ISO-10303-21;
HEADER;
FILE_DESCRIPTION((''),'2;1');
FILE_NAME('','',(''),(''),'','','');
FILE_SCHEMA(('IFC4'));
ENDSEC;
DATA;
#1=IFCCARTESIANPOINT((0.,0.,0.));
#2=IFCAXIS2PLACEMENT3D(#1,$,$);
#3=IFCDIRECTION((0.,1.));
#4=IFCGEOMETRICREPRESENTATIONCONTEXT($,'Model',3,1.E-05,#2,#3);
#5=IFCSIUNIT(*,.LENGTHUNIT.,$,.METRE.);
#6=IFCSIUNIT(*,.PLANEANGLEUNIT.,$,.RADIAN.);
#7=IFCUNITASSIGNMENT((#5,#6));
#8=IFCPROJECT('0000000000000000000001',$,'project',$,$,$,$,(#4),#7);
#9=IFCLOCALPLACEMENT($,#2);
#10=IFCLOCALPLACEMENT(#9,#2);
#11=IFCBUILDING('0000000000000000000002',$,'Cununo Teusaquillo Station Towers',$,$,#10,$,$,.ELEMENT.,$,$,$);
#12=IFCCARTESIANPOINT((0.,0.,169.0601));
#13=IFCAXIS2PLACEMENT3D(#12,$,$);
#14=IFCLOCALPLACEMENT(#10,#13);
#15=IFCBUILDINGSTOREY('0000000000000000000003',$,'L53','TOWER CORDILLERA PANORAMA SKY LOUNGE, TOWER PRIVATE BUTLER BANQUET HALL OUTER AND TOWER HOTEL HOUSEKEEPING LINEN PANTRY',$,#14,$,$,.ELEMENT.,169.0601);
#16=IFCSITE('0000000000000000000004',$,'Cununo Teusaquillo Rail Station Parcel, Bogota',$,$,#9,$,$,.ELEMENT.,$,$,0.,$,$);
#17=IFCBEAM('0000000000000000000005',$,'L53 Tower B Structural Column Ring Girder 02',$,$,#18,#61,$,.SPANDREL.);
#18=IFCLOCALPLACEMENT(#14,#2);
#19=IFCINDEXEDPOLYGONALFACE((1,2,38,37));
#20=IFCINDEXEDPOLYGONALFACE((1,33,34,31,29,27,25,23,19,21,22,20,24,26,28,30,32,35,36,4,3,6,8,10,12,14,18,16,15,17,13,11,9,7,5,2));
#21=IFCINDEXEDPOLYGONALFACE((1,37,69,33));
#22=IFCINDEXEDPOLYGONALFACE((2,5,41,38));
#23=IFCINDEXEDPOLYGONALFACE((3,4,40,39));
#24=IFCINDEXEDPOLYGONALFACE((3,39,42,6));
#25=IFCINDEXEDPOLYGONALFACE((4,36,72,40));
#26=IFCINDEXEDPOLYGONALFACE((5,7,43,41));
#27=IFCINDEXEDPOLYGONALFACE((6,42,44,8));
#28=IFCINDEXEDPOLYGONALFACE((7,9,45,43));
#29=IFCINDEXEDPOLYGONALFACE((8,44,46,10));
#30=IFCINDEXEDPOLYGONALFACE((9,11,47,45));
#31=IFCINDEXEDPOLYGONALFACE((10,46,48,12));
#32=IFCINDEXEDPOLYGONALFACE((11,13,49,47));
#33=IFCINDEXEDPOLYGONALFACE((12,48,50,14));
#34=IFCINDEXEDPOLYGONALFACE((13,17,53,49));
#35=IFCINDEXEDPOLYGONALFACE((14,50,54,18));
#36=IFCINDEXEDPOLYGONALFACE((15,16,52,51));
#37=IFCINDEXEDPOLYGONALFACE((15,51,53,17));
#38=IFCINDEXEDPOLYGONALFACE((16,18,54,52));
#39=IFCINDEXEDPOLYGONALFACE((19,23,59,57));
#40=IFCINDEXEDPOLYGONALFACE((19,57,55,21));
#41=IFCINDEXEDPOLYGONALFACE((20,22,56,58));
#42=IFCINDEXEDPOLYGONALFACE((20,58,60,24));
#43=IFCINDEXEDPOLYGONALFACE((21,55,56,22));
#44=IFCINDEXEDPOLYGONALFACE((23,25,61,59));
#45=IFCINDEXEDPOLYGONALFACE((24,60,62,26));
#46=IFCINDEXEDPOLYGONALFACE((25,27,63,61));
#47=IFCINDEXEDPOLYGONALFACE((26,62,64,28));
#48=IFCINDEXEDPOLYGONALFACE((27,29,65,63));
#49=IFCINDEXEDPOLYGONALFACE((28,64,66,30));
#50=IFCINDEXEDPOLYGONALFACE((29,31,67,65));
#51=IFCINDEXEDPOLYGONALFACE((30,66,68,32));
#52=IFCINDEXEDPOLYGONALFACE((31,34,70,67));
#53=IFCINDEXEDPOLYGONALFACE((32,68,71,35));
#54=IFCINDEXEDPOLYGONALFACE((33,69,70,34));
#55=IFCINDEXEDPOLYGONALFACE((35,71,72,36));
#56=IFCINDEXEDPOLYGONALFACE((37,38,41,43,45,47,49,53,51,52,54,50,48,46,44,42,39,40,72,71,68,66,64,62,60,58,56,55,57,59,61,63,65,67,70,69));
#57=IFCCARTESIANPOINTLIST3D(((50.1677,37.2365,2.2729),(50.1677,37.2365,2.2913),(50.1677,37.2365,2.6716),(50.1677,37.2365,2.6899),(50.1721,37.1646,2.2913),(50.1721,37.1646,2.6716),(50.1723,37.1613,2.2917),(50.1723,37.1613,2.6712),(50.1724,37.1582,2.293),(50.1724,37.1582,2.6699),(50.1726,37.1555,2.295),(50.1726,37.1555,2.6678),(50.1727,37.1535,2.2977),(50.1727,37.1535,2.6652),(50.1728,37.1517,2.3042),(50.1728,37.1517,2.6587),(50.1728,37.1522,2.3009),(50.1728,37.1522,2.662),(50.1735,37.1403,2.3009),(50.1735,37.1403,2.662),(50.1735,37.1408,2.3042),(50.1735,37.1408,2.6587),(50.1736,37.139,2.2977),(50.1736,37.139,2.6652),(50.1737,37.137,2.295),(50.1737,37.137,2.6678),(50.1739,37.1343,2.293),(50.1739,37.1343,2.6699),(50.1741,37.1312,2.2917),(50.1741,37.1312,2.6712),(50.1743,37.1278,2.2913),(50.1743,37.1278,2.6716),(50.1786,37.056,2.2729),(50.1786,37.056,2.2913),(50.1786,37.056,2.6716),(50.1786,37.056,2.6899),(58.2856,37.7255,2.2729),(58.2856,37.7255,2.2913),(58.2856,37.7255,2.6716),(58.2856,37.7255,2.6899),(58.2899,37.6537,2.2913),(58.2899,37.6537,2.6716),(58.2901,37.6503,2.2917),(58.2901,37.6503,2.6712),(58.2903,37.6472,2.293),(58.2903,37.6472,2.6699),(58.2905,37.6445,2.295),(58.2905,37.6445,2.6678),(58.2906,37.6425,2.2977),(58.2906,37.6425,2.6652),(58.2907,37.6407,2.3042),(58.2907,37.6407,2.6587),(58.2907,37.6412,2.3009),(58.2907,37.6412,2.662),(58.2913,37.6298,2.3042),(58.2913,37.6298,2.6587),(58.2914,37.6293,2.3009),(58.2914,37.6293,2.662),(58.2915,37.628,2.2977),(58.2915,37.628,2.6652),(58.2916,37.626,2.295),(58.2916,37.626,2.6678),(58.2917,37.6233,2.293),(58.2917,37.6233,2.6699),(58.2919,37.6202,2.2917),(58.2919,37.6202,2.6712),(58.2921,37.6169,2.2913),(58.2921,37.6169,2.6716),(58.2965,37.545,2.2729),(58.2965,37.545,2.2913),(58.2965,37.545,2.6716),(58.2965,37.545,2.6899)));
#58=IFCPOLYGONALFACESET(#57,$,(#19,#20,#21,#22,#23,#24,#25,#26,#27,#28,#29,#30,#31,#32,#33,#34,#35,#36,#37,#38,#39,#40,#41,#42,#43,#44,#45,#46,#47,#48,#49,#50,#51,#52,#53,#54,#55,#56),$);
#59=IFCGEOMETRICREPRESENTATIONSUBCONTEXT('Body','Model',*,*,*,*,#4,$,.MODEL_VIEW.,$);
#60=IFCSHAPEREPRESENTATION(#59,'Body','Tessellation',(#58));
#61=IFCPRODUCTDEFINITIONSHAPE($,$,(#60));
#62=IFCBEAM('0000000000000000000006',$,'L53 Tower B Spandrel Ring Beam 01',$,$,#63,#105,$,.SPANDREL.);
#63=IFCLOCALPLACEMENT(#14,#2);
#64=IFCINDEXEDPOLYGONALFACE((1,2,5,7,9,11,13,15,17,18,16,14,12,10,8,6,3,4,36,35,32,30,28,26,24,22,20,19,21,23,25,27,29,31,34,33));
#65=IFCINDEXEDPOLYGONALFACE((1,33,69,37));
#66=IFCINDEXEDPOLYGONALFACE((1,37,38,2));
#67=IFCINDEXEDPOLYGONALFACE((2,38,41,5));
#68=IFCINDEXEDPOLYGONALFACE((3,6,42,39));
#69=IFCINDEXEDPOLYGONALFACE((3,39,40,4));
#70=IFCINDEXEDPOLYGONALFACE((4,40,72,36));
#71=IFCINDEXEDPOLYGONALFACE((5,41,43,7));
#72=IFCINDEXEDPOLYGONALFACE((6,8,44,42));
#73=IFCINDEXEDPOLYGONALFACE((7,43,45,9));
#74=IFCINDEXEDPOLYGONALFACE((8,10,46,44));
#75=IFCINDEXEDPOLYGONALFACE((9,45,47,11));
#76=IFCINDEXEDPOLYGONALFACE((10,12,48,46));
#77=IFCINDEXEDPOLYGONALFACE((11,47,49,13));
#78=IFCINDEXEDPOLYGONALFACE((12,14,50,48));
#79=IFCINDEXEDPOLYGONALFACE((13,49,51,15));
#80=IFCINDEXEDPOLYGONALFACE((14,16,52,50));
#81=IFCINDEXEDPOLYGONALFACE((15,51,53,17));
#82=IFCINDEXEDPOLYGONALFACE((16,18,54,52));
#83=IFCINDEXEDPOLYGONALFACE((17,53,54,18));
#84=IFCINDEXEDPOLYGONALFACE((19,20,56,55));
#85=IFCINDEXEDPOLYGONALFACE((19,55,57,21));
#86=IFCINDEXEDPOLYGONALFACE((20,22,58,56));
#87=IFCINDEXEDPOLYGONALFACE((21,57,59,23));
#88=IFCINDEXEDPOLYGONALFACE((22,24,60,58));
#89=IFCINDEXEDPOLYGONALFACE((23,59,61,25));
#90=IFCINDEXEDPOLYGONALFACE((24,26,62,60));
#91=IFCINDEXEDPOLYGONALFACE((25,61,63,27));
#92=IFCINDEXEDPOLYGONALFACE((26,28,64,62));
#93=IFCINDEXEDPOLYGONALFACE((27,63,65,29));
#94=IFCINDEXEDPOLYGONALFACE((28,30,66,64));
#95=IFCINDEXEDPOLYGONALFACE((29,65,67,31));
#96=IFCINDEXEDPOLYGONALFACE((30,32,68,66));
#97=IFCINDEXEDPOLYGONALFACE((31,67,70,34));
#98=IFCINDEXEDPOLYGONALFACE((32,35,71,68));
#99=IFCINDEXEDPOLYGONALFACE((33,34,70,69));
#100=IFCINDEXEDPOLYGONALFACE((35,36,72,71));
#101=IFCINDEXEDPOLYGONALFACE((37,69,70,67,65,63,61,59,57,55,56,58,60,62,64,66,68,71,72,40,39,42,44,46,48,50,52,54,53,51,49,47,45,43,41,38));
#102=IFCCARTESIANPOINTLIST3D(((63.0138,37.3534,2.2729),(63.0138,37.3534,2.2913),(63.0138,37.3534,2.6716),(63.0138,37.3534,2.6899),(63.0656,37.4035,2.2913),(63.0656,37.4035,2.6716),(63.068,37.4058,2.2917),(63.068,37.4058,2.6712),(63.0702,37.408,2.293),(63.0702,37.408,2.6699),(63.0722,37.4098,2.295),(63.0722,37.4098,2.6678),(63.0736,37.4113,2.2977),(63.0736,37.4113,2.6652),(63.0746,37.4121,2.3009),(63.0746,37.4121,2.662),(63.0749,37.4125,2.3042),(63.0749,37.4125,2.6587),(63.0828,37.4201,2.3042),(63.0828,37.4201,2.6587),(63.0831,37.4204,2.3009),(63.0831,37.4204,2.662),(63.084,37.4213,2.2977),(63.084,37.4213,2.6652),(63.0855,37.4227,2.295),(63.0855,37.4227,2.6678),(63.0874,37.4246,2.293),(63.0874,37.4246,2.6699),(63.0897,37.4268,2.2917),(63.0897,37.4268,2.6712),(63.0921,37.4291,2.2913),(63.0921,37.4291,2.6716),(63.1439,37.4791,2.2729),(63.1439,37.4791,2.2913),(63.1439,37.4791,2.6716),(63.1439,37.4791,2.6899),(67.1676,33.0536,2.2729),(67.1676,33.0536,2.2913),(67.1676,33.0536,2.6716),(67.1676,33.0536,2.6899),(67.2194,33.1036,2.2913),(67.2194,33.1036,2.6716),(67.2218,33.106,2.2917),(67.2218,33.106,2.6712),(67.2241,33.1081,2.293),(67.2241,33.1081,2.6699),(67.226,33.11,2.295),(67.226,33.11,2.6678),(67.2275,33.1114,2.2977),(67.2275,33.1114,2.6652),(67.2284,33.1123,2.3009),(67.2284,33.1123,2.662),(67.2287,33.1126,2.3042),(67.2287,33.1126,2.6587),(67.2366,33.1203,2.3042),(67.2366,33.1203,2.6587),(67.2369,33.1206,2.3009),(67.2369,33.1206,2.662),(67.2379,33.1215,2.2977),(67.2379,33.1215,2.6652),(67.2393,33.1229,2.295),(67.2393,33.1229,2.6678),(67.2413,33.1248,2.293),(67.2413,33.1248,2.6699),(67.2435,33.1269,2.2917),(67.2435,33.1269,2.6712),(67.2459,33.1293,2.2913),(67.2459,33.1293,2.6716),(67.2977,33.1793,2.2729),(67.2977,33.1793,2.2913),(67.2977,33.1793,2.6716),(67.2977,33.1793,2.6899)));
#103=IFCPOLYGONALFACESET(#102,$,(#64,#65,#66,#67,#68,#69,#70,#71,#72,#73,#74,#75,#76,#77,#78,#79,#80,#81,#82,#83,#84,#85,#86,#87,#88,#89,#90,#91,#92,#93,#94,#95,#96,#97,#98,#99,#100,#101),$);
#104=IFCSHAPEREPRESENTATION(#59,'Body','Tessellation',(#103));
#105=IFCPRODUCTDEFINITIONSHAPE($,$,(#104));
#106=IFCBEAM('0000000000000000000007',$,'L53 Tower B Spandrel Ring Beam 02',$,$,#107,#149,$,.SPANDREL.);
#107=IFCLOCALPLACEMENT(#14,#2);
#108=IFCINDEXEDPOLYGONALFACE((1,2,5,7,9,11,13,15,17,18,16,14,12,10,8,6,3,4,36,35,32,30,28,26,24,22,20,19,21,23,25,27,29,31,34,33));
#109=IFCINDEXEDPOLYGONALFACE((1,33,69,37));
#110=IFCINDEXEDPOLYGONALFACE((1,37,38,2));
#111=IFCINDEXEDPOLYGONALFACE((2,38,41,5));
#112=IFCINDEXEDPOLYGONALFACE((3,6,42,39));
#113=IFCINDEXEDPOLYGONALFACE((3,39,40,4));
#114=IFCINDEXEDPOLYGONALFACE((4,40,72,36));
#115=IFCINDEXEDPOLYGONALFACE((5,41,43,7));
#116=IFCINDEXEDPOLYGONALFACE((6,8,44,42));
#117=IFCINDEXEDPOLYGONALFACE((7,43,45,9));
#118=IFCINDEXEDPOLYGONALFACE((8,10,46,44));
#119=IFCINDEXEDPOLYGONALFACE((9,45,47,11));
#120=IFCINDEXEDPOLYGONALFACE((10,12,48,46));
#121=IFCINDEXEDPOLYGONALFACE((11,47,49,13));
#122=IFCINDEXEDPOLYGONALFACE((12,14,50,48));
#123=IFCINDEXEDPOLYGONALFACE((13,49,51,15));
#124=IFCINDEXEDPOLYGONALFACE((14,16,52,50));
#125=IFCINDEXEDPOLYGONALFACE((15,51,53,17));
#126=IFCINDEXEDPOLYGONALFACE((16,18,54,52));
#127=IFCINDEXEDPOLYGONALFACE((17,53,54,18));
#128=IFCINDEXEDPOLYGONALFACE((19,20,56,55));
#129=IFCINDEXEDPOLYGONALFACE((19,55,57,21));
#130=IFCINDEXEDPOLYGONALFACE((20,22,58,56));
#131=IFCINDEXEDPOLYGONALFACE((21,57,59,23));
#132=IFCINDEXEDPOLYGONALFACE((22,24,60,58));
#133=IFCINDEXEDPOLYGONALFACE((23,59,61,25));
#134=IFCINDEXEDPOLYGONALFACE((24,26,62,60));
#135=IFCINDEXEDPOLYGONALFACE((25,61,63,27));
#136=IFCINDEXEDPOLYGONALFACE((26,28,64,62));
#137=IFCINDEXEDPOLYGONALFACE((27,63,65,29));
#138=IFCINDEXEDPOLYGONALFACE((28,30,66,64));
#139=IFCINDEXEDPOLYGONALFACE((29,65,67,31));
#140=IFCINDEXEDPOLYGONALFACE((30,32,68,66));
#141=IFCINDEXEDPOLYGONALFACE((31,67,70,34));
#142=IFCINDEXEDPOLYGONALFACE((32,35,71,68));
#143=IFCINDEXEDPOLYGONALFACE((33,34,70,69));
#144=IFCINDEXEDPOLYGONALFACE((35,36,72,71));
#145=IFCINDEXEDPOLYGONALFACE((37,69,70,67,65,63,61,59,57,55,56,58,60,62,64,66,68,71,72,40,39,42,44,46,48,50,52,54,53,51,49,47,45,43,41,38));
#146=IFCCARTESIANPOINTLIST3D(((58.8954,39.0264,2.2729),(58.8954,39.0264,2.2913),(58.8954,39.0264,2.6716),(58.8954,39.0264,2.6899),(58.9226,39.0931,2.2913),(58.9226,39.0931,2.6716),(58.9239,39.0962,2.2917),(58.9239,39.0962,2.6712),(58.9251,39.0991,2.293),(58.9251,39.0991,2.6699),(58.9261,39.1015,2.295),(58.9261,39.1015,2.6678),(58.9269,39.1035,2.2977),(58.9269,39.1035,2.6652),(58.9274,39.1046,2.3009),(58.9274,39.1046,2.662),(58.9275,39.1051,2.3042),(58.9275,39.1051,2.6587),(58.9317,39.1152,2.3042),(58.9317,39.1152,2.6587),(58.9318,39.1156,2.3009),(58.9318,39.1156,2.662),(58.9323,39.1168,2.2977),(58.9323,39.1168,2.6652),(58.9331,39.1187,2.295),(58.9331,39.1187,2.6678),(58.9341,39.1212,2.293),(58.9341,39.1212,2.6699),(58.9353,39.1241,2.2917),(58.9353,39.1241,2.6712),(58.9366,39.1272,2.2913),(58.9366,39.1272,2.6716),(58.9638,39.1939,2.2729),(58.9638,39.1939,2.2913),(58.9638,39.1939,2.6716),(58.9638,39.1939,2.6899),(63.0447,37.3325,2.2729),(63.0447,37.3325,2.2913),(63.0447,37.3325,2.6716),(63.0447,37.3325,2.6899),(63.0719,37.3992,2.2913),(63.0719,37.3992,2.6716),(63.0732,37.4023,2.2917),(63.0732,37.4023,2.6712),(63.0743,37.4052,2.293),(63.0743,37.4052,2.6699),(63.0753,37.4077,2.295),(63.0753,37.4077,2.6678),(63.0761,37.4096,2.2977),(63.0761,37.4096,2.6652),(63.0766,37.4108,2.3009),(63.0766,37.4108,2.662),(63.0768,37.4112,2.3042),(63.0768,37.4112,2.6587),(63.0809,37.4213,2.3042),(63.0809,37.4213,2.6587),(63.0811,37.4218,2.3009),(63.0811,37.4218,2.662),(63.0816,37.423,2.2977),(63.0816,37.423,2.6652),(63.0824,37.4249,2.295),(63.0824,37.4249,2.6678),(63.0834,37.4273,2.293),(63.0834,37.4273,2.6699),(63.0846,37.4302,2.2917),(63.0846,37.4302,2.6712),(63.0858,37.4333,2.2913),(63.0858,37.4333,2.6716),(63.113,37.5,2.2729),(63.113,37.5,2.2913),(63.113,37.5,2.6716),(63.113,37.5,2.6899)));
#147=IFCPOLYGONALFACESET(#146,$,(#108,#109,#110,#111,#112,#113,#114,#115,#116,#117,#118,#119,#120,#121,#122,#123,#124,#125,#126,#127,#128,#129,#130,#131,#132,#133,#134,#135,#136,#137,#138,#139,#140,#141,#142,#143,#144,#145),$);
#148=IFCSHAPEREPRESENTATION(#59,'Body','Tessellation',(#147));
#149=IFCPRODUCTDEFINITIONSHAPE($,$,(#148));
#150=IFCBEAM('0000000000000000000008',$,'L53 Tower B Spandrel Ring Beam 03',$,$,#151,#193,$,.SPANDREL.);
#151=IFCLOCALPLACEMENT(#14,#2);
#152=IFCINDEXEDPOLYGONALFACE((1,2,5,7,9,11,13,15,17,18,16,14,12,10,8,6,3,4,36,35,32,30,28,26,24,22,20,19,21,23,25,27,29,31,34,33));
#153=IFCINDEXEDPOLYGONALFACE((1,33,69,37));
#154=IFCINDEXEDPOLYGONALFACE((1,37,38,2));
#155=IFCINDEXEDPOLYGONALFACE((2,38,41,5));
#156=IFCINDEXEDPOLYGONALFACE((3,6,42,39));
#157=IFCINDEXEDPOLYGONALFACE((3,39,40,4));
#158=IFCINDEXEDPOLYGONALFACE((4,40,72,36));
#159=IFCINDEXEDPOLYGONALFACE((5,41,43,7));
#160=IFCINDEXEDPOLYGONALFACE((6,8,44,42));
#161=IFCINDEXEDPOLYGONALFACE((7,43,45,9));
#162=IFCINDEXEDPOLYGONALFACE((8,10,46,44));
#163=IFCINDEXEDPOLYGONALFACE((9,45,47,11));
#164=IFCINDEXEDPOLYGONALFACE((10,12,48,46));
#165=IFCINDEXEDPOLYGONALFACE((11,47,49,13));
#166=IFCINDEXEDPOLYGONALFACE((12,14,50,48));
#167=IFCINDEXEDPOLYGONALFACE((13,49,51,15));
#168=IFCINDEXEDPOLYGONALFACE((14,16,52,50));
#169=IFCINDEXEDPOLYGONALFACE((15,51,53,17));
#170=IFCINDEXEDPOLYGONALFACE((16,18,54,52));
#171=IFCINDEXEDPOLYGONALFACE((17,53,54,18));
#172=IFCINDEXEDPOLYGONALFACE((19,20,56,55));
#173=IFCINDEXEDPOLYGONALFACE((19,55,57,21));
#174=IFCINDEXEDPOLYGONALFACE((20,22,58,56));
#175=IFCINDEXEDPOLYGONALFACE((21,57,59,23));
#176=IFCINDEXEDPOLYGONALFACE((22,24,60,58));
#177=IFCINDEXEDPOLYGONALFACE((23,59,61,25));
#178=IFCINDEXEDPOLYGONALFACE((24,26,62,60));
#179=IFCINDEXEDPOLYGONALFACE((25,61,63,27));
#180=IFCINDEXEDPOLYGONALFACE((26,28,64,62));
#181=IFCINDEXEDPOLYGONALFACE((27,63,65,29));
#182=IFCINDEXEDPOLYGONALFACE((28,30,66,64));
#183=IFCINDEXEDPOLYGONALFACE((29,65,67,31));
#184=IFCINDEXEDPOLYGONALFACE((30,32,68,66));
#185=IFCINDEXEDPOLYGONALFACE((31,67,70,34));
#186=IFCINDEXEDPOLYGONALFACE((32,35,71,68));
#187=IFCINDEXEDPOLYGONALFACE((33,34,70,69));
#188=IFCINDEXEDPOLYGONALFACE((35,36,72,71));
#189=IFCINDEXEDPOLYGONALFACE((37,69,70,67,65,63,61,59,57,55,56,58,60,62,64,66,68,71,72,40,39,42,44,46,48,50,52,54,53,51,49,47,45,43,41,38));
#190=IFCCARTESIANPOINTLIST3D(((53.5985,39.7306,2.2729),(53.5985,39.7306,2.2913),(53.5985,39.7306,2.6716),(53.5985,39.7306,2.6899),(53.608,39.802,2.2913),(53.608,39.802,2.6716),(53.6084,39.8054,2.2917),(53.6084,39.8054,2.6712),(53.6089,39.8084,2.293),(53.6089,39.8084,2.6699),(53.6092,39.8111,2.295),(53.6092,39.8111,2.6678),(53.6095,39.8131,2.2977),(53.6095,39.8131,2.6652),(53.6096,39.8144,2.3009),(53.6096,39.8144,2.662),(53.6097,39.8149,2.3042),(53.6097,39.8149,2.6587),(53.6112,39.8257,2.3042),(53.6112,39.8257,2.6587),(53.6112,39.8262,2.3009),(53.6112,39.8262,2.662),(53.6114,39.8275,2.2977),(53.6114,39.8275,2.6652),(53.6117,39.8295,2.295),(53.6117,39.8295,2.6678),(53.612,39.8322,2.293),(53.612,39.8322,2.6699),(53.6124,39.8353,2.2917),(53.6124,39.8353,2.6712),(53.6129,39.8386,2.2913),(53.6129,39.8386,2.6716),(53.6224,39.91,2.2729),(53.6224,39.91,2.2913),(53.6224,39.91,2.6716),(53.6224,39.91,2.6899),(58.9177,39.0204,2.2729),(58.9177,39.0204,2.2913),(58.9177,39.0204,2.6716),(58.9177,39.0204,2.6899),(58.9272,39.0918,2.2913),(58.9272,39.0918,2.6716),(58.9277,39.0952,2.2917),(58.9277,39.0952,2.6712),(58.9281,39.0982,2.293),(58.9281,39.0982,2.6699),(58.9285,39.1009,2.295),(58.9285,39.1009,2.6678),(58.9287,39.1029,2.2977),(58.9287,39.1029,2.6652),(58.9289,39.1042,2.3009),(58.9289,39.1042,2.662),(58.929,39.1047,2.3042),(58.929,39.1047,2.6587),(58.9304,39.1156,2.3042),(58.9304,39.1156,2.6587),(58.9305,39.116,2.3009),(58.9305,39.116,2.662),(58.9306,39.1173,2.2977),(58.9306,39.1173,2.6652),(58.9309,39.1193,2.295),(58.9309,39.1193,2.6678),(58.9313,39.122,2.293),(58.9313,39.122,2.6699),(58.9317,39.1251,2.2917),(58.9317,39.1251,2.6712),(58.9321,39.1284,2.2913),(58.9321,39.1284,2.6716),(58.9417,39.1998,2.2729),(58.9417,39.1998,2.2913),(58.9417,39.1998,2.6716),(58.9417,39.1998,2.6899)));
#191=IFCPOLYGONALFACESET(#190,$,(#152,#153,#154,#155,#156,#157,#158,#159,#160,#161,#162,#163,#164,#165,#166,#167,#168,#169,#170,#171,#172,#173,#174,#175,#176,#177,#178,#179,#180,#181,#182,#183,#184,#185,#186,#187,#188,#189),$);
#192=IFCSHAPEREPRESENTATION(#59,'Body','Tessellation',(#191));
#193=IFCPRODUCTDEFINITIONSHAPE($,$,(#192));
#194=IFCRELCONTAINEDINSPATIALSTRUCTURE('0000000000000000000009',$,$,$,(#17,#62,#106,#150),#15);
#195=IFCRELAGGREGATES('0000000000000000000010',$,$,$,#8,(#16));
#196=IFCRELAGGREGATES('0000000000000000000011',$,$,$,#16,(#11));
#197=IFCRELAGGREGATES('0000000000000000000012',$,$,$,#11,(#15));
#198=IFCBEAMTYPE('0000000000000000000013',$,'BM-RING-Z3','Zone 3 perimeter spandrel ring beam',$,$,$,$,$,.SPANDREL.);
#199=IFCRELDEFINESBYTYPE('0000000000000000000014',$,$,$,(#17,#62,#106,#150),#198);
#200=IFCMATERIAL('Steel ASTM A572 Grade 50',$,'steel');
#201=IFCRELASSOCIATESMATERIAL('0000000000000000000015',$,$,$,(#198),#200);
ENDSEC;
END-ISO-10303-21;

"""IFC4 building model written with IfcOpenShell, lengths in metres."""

from ifc_helpers import new_model, si_unit, direction, frame, origin, origin_2d, place, context, subcontext, project, spatial, i_section, extrude, material, material_profile, profile_set, type_object, element, save


model = new_model("IFC4")

# Units and contexts
model_context = context("Model", 3, precision=1e-05, world=origin(), true_north=direction((0.0, 1.0)))
body_context = subcontext(model_context, "Body", "Model", "MODEL_VIEW")
ifc_project = project(units=[si_unit("LENGTHUNIT", "METRE"), si_unit("PLANEANGLEUNIT", "RADIAN")], contexts=[model_context])

# Site, building, storey
site_placement = place(None, origin())
site = spatial("IfcSite", under=ifc_project, at=site_placement, Name="Cununo Teusaquillo Rail Station Parcel, Bogota", CompositionType="ELEMENT", RefElevation=0.0)
building_placement = place(site_placement, origin())
building = spatial("IfcBuilding", under=site, at=building_placement, Name="Cununo Teusaquillo Station Towers", CompositionType="ELEMENT")
storey_placement = place(building_placement, frame((0.0, 0.0, 169.0601)))
storey = spatial("IfcBuildingStorey", under=building, at=storey_placement, Name="L53", Description="TOWER CORDILLERA PANORAMA SKY LOUNGE, TOWER PRIVATE BUTLER BANQUET HALL OUTER AND TOWER HOTEL HOUSEKEEPING LINEN PANTRY", CompositionType="ELEMENT", Elevation=169.0601)

# Beams
ifc_material_1 = material(Name="Steel ASTM A572 Grade 50", Category="steel")
ifc_material_profile_1 = material_profile(ifc_material_1, i_section(OverallWidth=0.1809, OverallDepth=0.417, WebThickness=0.011, FlangeThickness=0.0183, FilletRadius=0.0129, at=origin_2d()), Name="W16X57")
ifc_profile_set_1 = profile_set([ifc_material_profile_1], Name="Steel ASTM A572 Grade 50")
beam_type_1 = type_object("IfcBeamType", Name="BM-RING-Z3", Description="Zone 3 perimeter spandrel ring beam", PredefinedType="SPANDREL", material=ifc_profile_set_1)
beam_1_placement = place(storey_placement, frame((58.291, 37.6353, 2.4814), z_axis=(-0.998191, -0.06013, 0.0), x_axis=(0.06013, -0.998191, 0.0)))
element("IfcBeam", 1, at=beam_1_placement, inside=storey, type_object=beam_type_1, Name="L53 Tower B Structural Column Ring Girder 02", PredefinedType="SPANDREL", context=body_context, shape_type="SweptSolid", body=[
    extrude(i_section(OverallWidth=0.1809, OverallDepth=0.417, WebThickness=0.011, FlangeThickness=0.0183, FilletRadius=0.0129, at=origin_2d()), origin(), (0.0, 0.0, 1.0), 8.1326),
])
beam_2_placement = place(storey_placement, frame((67.2327, 33.1165, 2.4814), z_axis=(-0.694791, 0.719211, 0.0), x_axis=(-0.719211, -0.694791, 0.0)))
element("IfcBeam", 2, at=beam_2_placement, inside=storey, type_object=beam_type_1, Name="L53 Tower B Spandrel Ring Beam 01", PredefinedType="SPANDREL", context=body_context, shape_type="SweptSolid", body=[
    extrude(i_section(OverallWidth=0.1809, OverallDepth=0.417, WebThickness=0.011, FlangeThickness=0.0183, FilletRadius=0.0129, at=origin_2d()), origin(), (0.0, 0.0, 1.0), 5.9785),
])
beam_3_placement = place(storey_placement, frame((63.0789, 37.4163, 2.4814), z_axis=(-0.925824, 0.377956, 0.0), x_axis=(-0.377956, -0.925824, 0.0)))
element("IfcBeam", 3, at=beam_3_placement, inside=storey, type_object=beam_type_1, Name="L53 Tower B Spandrel Ring Beam 02", PredefinedType="SPANDREL", context=body_context, shape_type="SweptSolid", body=[
    extrude(i_section(OverallWidth=0.1809, OverallDepth=0.417, WebThickness=0.011, FlangeThickness=0.0183, FilletRadius=0.0129, at=origin_2d()), origin(), (0.0, 0.0, 1.0), 4.4817),
])
beam_4_placement = place(storey_placement, frame((58.9297, 39.1101, 2.4814), z_axis=(-0.991204, 0.13234, 0.0), x_axis=(-0.13234, -0.991204, 0.0)))
element("IfcBeam", 4, at=beam_4_placement, inside=storey, type_object=beam_type_1, Name="L53 Tower B Spandrel Ring Beam 03", PredefinedType="SPANDREL", context=body_context, shape_type="SweptSolid", body=[
    extrude(i_section(OverallWidth=0.1809, OverallDepth=0.417, WebThickness=0.011, FlangeThickness=0.0183, FilletRadius=0.0129, at=origin_2d()), origin(), (0.0, 0.0, 1.0), 5.3665),
])

save(model, "model.ifc")
